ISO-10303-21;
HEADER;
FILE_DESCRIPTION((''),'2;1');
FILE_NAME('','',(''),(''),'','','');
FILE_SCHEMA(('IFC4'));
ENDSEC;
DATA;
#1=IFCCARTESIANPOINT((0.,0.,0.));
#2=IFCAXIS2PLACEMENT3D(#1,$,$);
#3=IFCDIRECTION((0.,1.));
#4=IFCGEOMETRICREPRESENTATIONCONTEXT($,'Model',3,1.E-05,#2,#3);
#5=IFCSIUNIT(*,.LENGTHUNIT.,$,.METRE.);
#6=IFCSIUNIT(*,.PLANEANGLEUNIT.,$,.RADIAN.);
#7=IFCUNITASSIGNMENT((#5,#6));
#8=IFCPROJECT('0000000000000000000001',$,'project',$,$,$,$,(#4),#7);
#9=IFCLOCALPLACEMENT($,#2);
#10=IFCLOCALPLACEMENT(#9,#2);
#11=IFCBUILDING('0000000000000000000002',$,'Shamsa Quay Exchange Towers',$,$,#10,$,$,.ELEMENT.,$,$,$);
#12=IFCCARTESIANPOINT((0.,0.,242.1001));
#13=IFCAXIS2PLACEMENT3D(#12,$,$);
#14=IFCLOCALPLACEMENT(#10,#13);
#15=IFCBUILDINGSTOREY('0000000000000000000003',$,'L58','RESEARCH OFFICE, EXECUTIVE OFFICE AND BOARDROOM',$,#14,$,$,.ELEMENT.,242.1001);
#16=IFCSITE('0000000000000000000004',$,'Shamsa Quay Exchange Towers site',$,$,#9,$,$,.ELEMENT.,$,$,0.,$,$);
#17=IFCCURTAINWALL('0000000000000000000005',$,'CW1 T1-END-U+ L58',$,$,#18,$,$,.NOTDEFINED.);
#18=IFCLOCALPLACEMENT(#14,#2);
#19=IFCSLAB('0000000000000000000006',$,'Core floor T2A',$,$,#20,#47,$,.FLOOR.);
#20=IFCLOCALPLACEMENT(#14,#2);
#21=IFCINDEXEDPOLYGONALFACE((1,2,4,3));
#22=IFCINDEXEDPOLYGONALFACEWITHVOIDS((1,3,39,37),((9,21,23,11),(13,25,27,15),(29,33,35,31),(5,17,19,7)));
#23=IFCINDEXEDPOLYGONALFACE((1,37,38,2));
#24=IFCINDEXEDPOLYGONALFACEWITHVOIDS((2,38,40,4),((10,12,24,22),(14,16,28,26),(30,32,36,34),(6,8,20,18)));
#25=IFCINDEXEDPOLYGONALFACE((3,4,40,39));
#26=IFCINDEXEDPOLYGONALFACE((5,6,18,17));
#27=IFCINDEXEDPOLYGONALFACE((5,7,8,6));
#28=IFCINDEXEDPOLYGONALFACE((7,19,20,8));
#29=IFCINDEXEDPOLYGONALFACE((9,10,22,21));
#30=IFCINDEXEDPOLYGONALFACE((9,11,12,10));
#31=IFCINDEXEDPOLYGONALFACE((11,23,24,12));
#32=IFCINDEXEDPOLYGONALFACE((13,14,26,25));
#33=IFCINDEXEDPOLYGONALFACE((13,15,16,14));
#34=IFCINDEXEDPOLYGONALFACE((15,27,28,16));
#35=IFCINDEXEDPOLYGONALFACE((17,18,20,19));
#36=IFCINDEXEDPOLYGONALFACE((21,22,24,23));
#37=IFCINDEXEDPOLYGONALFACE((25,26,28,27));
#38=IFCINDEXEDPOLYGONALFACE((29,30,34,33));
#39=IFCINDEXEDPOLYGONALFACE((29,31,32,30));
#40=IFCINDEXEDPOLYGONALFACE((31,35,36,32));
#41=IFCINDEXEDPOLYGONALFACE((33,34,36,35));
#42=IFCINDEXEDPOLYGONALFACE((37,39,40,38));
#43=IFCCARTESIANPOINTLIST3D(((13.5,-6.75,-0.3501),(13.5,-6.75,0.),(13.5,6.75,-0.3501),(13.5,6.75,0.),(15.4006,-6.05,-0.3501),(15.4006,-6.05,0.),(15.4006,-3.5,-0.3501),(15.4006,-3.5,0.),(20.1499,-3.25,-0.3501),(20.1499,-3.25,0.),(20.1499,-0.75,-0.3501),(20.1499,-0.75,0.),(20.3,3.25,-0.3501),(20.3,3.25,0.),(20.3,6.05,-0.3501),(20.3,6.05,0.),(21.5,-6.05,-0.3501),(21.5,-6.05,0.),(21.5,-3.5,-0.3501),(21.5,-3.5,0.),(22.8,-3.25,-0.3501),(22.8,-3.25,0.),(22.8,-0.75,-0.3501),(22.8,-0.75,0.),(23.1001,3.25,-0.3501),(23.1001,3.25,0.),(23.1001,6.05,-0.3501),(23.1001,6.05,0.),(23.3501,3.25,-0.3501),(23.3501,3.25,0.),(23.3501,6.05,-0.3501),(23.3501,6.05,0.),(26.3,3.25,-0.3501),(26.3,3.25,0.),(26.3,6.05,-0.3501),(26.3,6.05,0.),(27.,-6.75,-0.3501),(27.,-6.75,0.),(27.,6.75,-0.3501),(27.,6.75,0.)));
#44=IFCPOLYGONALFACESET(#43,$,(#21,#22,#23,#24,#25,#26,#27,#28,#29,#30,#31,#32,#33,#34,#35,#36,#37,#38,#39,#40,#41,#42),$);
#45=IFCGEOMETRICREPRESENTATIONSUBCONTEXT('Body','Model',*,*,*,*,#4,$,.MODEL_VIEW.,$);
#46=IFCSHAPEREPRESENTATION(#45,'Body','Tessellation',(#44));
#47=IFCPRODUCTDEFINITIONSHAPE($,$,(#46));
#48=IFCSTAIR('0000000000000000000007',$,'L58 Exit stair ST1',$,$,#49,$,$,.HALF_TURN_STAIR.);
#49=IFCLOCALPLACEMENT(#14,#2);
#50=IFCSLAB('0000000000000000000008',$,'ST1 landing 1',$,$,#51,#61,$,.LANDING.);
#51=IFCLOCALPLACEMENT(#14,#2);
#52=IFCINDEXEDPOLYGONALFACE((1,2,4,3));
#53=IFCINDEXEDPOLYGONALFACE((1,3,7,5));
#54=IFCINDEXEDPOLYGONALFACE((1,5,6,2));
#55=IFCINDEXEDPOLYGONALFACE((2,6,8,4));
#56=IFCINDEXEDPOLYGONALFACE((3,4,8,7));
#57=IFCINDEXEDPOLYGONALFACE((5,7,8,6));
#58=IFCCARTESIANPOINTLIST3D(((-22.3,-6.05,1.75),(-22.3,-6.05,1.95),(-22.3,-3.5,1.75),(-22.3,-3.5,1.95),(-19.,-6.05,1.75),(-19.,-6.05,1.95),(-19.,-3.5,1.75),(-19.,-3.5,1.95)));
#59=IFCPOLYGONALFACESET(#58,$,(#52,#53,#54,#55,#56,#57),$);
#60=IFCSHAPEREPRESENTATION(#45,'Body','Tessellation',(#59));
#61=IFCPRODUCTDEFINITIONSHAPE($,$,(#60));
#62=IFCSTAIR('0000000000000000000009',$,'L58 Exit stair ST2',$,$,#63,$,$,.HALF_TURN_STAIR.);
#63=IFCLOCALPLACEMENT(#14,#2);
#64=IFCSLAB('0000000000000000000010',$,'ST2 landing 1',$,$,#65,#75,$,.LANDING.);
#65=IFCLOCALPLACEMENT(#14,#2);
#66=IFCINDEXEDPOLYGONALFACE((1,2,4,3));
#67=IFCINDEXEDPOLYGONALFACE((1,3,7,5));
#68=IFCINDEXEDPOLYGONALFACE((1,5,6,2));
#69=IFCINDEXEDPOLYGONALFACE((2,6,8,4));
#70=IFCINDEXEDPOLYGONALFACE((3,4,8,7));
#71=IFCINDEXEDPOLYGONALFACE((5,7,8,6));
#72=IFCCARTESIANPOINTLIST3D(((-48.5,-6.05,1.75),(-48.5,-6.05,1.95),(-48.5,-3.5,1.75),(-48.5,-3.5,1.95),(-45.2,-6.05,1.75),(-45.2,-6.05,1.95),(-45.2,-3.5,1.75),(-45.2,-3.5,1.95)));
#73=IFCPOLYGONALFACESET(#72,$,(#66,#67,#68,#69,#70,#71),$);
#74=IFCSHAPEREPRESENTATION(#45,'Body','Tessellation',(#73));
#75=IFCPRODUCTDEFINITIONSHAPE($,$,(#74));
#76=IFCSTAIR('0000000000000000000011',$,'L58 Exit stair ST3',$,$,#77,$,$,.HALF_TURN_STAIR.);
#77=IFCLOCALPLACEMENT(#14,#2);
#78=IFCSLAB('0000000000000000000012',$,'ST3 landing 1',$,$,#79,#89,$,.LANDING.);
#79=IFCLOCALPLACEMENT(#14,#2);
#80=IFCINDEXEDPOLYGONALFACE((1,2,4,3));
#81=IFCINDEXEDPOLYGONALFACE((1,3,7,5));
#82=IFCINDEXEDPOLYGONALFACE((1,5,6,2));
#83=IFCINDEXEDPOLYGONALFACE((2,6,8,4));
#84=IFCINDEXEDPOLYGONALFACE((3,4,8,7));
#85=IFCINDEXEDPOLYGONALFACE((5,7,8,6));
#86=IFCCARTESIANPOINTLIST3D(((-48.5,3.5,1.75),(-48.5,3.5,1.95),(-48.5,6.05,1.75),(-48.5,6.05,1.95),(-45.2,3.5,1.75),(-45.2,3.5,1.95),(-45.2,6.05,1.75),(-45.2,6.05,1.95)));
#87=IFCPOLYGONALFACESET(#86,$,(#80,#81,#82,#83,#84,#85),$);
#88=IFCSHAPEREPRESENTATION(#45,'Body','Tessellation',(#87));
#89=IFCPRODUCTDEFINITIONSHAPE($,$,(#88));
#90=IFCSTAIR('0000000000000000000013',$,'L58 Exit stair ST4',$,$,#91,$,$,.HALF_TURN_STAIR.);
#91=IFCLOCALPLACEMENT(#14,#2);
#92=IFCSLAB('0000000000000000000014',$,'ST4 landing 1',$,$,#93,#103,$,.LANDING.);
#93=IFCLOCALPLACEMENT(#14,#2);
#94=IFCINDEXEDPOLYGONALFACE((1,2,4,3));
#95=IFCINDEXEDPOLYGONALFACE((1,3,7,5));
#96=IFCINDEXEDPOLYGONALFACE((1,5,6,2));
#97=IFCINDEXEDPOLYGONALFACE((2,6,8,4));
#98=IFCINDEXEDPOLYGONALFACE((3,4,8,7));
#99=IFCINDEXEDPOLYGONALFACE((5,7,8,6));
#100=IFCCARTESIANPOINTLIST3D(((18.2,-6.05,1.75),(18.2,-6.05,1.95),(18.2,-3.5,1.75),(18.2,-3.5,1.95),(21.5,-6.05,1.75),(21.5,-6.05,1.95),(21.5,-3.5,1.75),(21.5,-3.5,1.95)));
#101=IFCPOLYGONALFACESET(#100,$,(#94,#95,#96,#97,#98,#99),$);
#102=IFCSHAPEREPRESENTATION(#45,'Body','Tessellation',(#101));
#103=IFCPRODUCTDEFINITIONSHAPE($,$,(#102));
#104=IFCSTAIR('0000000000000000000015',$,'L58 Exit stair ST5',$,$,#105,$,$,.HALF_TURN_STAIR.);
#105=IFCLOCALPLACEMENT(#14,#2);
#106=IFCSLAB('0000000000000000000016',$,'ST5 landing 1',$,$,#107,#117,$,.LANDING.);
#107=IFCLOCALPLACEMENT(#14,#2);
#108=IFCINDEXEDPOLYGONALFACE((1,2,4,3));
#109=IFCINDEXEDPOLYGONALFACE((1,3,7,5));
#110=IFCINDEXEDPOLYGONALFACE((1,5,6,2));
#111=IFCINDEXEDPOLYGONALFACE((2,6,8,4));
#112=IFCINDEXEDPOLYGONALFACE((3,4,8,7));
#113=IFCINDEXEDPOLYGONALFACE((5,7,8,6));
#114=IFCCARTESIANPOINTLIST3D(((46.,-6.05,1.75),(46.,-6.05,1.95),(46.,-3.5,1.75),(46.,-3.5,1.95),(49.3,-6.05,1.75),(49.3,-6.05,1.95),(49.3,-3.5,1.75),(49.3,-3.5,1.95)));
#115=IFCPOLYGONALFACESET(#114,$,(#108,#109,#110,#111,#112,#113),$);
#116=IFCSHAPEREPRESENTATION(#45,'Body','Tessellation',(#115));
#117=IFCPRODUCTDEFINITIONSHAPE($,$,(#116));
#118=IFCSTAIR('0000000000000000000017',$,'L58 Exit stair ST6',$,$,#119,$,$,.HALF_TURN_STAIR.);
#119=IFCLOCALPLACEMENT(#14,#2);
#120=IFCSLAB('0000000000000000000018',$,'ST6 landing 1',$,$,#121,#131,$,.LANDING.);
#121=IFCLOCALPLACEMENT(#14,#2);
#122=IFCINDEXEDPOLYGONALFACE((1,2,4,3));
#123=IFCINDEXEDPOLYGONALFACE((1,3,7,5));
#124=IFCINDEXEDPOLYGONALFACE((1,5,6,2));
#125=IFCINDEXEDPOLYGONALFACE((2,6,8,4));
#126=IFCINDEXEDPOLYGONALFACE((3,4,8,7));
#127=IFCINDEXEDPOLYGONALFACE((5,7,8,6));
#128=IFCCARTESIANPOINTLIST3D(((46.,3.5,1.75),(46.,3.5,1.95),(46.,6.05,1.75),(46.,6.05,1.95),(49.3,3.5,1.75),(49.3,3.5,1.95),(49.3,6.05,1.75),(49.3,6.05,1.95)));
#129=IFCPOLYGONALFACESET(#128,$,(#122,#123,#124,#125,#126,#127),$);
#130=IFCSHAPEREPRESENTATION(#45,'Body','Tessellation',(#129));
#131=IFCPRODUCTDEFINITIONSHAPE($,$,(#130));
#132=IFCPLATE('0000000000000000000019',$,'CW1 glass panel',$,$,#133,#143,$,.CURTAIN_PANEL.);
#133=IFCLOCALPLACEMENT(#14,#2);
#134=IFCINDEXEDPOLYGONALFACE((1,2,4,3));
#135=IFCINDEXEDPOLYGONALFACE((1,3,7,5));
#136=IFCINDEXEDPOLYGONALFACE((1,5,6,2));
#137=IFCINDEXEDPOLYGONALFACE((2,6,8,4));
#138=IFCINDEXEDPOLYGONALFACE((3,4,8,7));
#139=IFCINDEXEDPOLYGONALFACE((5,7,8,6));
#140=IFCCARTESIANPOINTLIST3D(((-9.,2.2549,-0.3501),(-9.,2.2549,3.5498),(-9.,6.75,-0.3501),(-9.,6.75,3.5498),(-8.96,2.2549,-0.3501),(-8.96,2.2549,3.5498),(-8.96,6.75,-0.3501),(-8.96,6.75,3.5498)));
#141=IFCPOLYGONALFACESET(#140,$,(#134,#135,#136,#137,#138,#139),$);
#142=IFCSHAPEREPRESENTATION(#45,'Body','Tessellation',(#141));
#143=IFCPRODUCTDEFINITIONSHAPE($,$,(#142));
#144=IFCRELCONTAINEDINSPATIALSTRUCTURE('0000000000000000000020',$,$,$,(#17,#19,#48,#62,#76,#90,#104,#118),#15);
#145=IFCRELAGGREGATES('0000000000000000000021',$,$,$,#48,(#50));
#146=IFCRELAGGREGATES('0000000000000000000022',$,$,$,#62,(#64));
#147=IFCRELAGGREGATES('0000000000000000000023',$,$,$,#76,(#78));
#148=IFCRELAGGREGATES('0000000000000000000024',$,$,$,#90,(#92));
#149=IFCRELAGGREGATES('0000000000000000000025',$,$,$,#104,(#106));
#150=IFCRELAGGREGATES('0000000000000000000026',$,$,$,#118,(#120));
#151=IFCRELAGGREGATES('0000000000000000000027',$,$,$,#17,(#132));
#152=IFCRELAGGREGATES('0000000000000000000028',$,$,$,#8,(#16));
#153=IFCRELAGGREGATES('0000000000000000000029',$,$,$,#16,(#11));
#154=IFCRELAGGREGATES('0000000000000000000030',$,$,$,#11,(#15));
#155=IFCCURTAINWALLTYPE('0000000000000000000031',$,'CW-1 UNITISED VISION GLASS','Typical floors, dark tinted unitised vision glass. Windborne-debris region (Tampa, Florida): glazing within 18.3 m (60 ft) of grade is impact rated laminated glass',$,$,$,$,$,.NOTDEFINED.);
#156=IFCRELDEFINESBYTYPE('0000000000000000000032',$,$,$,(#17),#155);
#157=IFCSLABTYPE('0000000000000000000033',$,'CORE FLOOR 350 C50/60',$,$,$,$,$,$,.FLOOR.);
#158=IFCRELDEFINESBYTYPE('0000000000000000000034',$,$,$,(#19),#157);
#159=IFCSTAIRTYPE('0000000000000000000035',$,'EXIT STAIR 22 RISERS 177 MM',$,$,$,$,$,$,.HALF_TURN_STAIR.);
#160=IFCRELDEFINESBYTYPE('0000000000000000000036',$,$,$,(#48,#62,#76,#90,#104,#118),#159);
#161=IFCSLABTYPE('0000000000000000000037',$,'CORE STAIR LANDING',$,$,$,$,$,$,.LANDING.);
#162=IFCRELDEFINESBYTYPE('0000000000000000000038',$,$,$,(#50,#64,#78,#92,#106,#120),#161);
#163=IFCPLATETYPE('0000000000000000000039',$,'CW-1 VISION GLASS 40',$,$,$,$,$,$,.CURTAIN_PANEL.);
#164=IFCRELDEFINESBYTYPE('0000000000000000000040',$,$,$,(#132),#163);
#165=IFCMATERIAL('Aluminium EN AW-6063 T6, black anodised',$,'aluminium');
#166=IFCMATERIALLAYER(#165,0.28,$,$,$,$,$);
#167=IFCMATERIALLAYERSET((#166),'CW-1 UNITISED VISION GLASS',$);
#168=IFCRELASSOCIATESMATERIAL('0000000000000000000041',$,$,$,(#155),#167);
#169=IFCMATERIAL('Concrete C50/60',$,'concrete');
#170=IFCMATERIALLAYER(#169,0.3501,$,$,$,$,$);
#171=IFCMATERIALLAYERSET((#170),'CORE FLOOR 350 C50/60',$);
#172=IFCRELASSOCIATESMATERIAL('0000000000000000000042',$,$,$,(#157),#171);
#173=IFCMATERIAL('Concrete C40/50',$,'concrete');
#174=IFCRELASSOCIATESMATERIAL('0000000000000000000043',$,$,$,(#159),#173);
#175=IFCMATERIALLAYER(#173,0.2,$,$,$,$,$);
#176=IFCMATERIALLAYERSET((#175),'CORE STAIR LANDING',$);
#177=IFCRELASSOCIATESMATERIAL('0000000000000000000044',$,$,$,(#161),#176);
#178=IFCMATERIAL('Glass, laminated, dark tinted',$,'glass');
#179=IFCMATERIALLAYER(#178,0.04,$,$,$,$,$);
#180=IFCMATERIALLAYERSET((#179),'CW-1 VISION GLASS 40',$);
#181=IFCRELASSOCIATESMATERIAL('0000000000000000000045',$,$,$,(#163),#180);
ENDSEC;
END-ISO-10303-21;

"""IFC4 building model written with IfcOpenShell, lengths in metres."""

from ifc_helpers import new_model, si_unit, direction, frame, origin, origin_2d, place, context, subcontext, project, spatial, polyline, rectangle, outline, extrude, material, layer, layer_set, type_object, element, aggregate, save


model = new_model("IFC4")

# Units and contexts
model_context = context("Model", 3, precision=1e-05, world=origin(), true_north=direction((0.0, 1.0)))
body_context = subcontext(model_context, "Body", "Model", "MODEL_VIEW")
ifc_project = project(units=[si_unit("LENGTHUNIT", "METRE"), si_unit("PLANEANGLEUNIT", "RADIAN")], contexts=[model_context])

# Site, building, storey
site_placement = place(None, origin())
site = spatial("IfcSite", under=ifc_project, at=site_placement, Name="Shamsa Quay Exchange Towers site", CompositionType="ELEMENT", RefElevation=0.0)
building_placement = place(site_placement, origin())
building = spatial("IfcBuilding", under=site, at=building_placement, Name="Shamsa Quay Exchange Towers", CompositionType="ELEMENT")
storey_placement = place(building_placement, frame((0.0, 0.0, 242.1001)))
storey = spatial("IfcBuildingStorey", under=building, at=storey_placement, Name="L58", Description="RESEARCH OFFICE, EXECUTIVE OFFICE AND BOARDROOM", CompositionType="ELEMENT", Elevation=242.1001)

# Curtain wall
ifc_material_1 = material(Name="Aluminium EN AW-6063 T6, black anodised", Category="aluminium")
ifc_layer_1 = layer(ifc_material_1, 0.28)
ifc_layer_set_1 = layer_set([ifc_layer_1], Name="CW-1 UNITISED VISION GLASS")
curtain_wall_type = type_object("IfcCurtainWallType", Name="CW-1 UNITISED VISION GLASS", Description="Typical floors, dark tinted unitised vision glass. Windborne-debris region (Tampa, Florida): glazing within 18.3 m (60 ft) of grade is impact rated laminated glass", PredefinedType="NOTDEFINED", material=ifc_layer_set_1)
curtain_wall_placement = place(storey_placement, origin())
curtain_wall = element("IfcCurtainWall", 1, at=curtain_wall_placement, inside=storey, type_object=curtain_wall_type, Name="CW1 T1-END-U+ L58", PredefinedType="NOTDEFINED")

# Slab
ifc_material_2 = material(Name="Concrete C50/60", Category="concrete")
ifc_layer_2 = layer(ifc_material_2, 0.3501)
ifc_layer_set_2 = layer_set([ifc_layer_2], Name="CORE FLOOR 350 C50/60")
slab_type_1 = type_object("IfcSlabType", Name="CORE FLOOR 350 C50/60", PredefinedType="FLOOR", material=ifc_layer_set_2)
slab_1_placement = place(storey_placement, frame((0.0, 0.0, -0.3501)))
element("IfcSlab", 2, at=slab_1_placement, inside=storey, type_object=slab_type_1, Name="Core floor T2A", PredefinedType="FLOOR", context=body_context, shape_type="SweptSolid", body=[
    extrude(outline(polyline([(13.5, -6.75), (27.0, -6.75), (27.0, 6.75), (13.5, 6.75), (13.5, -6.75)]), holes=[polyline([(15.4006, -6.05), (15.4006, -3.5), (21.5, -3.5), (21.5, -6.05), (15.4006, -6.05)]), polyline([(20.3, 3.25), (20.3, 6.05), (23.1001, 6.05), (23.1001, 3.25), (20.3, 3.25)]), polyline([(23.3501, 3.25), (23.3501, 6.05), (26.3, 6.05), (26.3, 3.25), (23.3501, 3.25)]), polyline([(20.1499, -3.25), (20.1499, -0.75), (22.8, -0.75), (22.8, -3.25), (20.1499, -3.25)])]), origin(), (0.0, 0.0, 1.0), 0.3501),
])

# Stairs, slabs
ifc_material_3 = material(Name="Concrete C40/50", Category="concrete")
stair_type = type_object("IfcStairType", Name="EXIT STAIR 22 RISERS 177 MM", PredefinedType="HALF_TURN_STAIR", material=ifc_material_3)
stair_1_placement = place(storey_placement, origin())
stair_1 = element("IfcStair", 3, at=stair_1_placement, inside=storey, type_object=stair_type, Name="L58 Exit stair ST1", PredefinedType="HALF_TURN_STAIR")
ifc_layer_3 = layer(ifc_material_3, 0.2)
ifc_layer_set_3 = layer_set([ifc_layer_3], Name="CORE STAIR LANDING")
slab_type_2 = type_object("IfcSlabType", Name="CORE STAIR LANDING", PredefinedType="LANDING", material=ifc_layer_set_3)
slab_2_placement = place(storey_placement, frame((0.0, 0.0, 1.75)))
slab_2 = element("IfcSlab", 4, at=slab_2_placement, type_object=slab_type_2, Name="ST1 landing 1", PredefinedType="LANDING", context=body_context, shape_type="SweptSolid", body=[
    extrude(outline(polyline([(-22.3, -6.05), (-19.0, -6.05), (-19.0, -3.5), (-22.3, -3.5), (-22.3, -6.05)])), origin(), (0.0, 0.0, 1.0), 0.2),
])
aggregate(stair_1, [slab_2])
stair_2_placement = place(storey_placement, origin())
stair_2 = element("IfcStair", 5, at=stair_2_placement, inside=storey, type_object=stair_type, Name="L58 Exit stair ST2", PredefinedType="HALF_TURN_STAIR")
slab_3_placement = place(storey_placement, frame((0.0, 0.0, 1.75)))
slab_3 = element("IfcSlab", 6, at=slab_3_placement, type_object=slab_type_2, Name="ST2 landing 1", PredefinedType="LANDING", context=body_context, shape_type="SweptSolid", body=[
    extrude(outline(polyline([(-45.2, -3.5), (-48.5, -3.5), (-48.5, -6.05), (-45.2, -6.05), (-45.2, -3.5)])), origin(), (0.0, 0.0, 1.0), 0.2),
])
aggregate(stair_2, [slab_3])
stair_3_placement = place(storey_placement, origin())
stair_3 = element("IfcStair", 7, at=stair_3_placement, inside=storey, type_object=stair_type, Name="L58 Exit stair ST3", PredefinedType="HALF_TURN_STAIR")
slab_4_placement = place(storey_placement, frame((0.0, 0.0, 1.75)))
slab_4 = element("IfcSlab", 8, at=slab_4_placement, type_object=slab_type_2, Name="ST3 landing 1", PredefinedType="LANDING", context=body_context, shape_type="SweptSolid", body=[
    extrude(outline(polyline([(-45.2, 6.05), (-48.5, 6.05), (-48.5, 3.5), (-45.2, 3.5), (-45.2, 6.05)])), origin(), (0.0, 0.0, 1.0), 0.2),
])
aggregate(stair_3, [slab_4])
stair_4_placement = place(storey_placement, origin())
stair_4 = element("IfcStair", 9, at=stair_4_placement, inside=storey, type_object=stair_type, Name="L58 Exit stair ST4", PredefinedType="HALF_TURN_STAIR")
slab_5_placement = place(storey_placement, frame((0.0, 0.0, 1.75)))
slab_5 = element("IfcSlab", 10, at=slab_5_placement, type_object=slab_type_2, Name="ST4 landing 1", PredefinedType="LANDING", context=body_context, shape_type="SweptSolid", body=[
    extrude(outline(polyline([(18.2, -6.05), (21.5, -6.05), (21.5, -3.5), (18.2, -3.5), (18.2, -6.05)])), origin(), (0.0, 0.0, 1.0), 0.2),
])
aggregate(stair_4, [slab_5])
stair_5_placement = place(storey_placement, origin())
stair_5 = element("IfcStair", 11, at=stair_5_placement, inside=storey, type_object=stair_type, Name="L58 Exit stair ST5", PredefinedType="HALF_TURN_STAIR")
slab_6_placement = place(storey_placement, frame((0.0, 0.0, 1.75)))
slab_6 = element("IfcSlab", 12, at=slab_6_placement, type_object=slab_type_2, Name="ST5 landing 1", PredefinedType="LANDING", context=body_context, shape_type="SweptSolid", body=[
    extrude(outline(polyline([(49.3, -3.5), (46.0, -3.5), (46.0, -6.05), (49.3, -6.05), (49.3, -3.5)])), origin(), (0.0, 0.0, 1.0), 0.2),
])
aggregate(stair_5, [slab_6])
stair_6_placement = place(storey_placement, origin())
stair_6 = element("IfcStair", 13, at=stair_6_placement, inside=storey, type_object=stair_type, Name="L58 Exit stair ST6", PredefinedType="HALF_TURN_STAIR")
slab_7_placement = place(storey_placement, frame((0.0, 0.0, 1.75)))
slab_7 = element("IfcSlab", 14, at=slab_7_placement, type_object=slab_type_2, Name="ST6 landing 1", PredefinedType="LANDING", context=body_context, shape_type="SweptSolid", body=[
    extrude(outline(polyline([(49.3, 6.05), (46.0, 6.05), (46.0, 3.5), (49.3, 3.5), (49.3, 6.05)])), origin(), (0.0, 0.0, 1.0), 0.2),
])
aggregate(stair_6, [slab_7])

# Plate
ifc_material_4 = material(Name="Glass, laminated, dark tinted", Category="glass")
ifc_layer_4 = layer(ifc_material_4, 0.04)
ifc_layer_set_4 = layer_set([ifc_layer_4], Name="CW-1 VISION GLASS 40")
plate_type = type_object("IfcPlateType", Name="CW-1 VISION GLASS 40", PredefinedType="CURTAIN_PANEL", material=ifc_layer_set_4)
plate_placement = place(storey_placement, frame((-8.98, 4.5024, -0.3501), z_axis=(0.0, 0.0, 1.0), x_axis=(0.0, 1.0, 0.0)))
plate = element("IfcPlate", 15, at=plate_placement, type_object=plate_type, Name="CW1 glass panel", PredefinedType="CURTAIN_PANEL", context=body_context, shape_type="SweptSolid", body=[
    extrude(rectangle(XDim=4.4951, YDim=0.04, at=origin_2d()), origin(), (0.0, 0.0, 1.0), 3.8999),
])
aggregate(curtain_wall, [plate])

save(model, "model.ifc")
